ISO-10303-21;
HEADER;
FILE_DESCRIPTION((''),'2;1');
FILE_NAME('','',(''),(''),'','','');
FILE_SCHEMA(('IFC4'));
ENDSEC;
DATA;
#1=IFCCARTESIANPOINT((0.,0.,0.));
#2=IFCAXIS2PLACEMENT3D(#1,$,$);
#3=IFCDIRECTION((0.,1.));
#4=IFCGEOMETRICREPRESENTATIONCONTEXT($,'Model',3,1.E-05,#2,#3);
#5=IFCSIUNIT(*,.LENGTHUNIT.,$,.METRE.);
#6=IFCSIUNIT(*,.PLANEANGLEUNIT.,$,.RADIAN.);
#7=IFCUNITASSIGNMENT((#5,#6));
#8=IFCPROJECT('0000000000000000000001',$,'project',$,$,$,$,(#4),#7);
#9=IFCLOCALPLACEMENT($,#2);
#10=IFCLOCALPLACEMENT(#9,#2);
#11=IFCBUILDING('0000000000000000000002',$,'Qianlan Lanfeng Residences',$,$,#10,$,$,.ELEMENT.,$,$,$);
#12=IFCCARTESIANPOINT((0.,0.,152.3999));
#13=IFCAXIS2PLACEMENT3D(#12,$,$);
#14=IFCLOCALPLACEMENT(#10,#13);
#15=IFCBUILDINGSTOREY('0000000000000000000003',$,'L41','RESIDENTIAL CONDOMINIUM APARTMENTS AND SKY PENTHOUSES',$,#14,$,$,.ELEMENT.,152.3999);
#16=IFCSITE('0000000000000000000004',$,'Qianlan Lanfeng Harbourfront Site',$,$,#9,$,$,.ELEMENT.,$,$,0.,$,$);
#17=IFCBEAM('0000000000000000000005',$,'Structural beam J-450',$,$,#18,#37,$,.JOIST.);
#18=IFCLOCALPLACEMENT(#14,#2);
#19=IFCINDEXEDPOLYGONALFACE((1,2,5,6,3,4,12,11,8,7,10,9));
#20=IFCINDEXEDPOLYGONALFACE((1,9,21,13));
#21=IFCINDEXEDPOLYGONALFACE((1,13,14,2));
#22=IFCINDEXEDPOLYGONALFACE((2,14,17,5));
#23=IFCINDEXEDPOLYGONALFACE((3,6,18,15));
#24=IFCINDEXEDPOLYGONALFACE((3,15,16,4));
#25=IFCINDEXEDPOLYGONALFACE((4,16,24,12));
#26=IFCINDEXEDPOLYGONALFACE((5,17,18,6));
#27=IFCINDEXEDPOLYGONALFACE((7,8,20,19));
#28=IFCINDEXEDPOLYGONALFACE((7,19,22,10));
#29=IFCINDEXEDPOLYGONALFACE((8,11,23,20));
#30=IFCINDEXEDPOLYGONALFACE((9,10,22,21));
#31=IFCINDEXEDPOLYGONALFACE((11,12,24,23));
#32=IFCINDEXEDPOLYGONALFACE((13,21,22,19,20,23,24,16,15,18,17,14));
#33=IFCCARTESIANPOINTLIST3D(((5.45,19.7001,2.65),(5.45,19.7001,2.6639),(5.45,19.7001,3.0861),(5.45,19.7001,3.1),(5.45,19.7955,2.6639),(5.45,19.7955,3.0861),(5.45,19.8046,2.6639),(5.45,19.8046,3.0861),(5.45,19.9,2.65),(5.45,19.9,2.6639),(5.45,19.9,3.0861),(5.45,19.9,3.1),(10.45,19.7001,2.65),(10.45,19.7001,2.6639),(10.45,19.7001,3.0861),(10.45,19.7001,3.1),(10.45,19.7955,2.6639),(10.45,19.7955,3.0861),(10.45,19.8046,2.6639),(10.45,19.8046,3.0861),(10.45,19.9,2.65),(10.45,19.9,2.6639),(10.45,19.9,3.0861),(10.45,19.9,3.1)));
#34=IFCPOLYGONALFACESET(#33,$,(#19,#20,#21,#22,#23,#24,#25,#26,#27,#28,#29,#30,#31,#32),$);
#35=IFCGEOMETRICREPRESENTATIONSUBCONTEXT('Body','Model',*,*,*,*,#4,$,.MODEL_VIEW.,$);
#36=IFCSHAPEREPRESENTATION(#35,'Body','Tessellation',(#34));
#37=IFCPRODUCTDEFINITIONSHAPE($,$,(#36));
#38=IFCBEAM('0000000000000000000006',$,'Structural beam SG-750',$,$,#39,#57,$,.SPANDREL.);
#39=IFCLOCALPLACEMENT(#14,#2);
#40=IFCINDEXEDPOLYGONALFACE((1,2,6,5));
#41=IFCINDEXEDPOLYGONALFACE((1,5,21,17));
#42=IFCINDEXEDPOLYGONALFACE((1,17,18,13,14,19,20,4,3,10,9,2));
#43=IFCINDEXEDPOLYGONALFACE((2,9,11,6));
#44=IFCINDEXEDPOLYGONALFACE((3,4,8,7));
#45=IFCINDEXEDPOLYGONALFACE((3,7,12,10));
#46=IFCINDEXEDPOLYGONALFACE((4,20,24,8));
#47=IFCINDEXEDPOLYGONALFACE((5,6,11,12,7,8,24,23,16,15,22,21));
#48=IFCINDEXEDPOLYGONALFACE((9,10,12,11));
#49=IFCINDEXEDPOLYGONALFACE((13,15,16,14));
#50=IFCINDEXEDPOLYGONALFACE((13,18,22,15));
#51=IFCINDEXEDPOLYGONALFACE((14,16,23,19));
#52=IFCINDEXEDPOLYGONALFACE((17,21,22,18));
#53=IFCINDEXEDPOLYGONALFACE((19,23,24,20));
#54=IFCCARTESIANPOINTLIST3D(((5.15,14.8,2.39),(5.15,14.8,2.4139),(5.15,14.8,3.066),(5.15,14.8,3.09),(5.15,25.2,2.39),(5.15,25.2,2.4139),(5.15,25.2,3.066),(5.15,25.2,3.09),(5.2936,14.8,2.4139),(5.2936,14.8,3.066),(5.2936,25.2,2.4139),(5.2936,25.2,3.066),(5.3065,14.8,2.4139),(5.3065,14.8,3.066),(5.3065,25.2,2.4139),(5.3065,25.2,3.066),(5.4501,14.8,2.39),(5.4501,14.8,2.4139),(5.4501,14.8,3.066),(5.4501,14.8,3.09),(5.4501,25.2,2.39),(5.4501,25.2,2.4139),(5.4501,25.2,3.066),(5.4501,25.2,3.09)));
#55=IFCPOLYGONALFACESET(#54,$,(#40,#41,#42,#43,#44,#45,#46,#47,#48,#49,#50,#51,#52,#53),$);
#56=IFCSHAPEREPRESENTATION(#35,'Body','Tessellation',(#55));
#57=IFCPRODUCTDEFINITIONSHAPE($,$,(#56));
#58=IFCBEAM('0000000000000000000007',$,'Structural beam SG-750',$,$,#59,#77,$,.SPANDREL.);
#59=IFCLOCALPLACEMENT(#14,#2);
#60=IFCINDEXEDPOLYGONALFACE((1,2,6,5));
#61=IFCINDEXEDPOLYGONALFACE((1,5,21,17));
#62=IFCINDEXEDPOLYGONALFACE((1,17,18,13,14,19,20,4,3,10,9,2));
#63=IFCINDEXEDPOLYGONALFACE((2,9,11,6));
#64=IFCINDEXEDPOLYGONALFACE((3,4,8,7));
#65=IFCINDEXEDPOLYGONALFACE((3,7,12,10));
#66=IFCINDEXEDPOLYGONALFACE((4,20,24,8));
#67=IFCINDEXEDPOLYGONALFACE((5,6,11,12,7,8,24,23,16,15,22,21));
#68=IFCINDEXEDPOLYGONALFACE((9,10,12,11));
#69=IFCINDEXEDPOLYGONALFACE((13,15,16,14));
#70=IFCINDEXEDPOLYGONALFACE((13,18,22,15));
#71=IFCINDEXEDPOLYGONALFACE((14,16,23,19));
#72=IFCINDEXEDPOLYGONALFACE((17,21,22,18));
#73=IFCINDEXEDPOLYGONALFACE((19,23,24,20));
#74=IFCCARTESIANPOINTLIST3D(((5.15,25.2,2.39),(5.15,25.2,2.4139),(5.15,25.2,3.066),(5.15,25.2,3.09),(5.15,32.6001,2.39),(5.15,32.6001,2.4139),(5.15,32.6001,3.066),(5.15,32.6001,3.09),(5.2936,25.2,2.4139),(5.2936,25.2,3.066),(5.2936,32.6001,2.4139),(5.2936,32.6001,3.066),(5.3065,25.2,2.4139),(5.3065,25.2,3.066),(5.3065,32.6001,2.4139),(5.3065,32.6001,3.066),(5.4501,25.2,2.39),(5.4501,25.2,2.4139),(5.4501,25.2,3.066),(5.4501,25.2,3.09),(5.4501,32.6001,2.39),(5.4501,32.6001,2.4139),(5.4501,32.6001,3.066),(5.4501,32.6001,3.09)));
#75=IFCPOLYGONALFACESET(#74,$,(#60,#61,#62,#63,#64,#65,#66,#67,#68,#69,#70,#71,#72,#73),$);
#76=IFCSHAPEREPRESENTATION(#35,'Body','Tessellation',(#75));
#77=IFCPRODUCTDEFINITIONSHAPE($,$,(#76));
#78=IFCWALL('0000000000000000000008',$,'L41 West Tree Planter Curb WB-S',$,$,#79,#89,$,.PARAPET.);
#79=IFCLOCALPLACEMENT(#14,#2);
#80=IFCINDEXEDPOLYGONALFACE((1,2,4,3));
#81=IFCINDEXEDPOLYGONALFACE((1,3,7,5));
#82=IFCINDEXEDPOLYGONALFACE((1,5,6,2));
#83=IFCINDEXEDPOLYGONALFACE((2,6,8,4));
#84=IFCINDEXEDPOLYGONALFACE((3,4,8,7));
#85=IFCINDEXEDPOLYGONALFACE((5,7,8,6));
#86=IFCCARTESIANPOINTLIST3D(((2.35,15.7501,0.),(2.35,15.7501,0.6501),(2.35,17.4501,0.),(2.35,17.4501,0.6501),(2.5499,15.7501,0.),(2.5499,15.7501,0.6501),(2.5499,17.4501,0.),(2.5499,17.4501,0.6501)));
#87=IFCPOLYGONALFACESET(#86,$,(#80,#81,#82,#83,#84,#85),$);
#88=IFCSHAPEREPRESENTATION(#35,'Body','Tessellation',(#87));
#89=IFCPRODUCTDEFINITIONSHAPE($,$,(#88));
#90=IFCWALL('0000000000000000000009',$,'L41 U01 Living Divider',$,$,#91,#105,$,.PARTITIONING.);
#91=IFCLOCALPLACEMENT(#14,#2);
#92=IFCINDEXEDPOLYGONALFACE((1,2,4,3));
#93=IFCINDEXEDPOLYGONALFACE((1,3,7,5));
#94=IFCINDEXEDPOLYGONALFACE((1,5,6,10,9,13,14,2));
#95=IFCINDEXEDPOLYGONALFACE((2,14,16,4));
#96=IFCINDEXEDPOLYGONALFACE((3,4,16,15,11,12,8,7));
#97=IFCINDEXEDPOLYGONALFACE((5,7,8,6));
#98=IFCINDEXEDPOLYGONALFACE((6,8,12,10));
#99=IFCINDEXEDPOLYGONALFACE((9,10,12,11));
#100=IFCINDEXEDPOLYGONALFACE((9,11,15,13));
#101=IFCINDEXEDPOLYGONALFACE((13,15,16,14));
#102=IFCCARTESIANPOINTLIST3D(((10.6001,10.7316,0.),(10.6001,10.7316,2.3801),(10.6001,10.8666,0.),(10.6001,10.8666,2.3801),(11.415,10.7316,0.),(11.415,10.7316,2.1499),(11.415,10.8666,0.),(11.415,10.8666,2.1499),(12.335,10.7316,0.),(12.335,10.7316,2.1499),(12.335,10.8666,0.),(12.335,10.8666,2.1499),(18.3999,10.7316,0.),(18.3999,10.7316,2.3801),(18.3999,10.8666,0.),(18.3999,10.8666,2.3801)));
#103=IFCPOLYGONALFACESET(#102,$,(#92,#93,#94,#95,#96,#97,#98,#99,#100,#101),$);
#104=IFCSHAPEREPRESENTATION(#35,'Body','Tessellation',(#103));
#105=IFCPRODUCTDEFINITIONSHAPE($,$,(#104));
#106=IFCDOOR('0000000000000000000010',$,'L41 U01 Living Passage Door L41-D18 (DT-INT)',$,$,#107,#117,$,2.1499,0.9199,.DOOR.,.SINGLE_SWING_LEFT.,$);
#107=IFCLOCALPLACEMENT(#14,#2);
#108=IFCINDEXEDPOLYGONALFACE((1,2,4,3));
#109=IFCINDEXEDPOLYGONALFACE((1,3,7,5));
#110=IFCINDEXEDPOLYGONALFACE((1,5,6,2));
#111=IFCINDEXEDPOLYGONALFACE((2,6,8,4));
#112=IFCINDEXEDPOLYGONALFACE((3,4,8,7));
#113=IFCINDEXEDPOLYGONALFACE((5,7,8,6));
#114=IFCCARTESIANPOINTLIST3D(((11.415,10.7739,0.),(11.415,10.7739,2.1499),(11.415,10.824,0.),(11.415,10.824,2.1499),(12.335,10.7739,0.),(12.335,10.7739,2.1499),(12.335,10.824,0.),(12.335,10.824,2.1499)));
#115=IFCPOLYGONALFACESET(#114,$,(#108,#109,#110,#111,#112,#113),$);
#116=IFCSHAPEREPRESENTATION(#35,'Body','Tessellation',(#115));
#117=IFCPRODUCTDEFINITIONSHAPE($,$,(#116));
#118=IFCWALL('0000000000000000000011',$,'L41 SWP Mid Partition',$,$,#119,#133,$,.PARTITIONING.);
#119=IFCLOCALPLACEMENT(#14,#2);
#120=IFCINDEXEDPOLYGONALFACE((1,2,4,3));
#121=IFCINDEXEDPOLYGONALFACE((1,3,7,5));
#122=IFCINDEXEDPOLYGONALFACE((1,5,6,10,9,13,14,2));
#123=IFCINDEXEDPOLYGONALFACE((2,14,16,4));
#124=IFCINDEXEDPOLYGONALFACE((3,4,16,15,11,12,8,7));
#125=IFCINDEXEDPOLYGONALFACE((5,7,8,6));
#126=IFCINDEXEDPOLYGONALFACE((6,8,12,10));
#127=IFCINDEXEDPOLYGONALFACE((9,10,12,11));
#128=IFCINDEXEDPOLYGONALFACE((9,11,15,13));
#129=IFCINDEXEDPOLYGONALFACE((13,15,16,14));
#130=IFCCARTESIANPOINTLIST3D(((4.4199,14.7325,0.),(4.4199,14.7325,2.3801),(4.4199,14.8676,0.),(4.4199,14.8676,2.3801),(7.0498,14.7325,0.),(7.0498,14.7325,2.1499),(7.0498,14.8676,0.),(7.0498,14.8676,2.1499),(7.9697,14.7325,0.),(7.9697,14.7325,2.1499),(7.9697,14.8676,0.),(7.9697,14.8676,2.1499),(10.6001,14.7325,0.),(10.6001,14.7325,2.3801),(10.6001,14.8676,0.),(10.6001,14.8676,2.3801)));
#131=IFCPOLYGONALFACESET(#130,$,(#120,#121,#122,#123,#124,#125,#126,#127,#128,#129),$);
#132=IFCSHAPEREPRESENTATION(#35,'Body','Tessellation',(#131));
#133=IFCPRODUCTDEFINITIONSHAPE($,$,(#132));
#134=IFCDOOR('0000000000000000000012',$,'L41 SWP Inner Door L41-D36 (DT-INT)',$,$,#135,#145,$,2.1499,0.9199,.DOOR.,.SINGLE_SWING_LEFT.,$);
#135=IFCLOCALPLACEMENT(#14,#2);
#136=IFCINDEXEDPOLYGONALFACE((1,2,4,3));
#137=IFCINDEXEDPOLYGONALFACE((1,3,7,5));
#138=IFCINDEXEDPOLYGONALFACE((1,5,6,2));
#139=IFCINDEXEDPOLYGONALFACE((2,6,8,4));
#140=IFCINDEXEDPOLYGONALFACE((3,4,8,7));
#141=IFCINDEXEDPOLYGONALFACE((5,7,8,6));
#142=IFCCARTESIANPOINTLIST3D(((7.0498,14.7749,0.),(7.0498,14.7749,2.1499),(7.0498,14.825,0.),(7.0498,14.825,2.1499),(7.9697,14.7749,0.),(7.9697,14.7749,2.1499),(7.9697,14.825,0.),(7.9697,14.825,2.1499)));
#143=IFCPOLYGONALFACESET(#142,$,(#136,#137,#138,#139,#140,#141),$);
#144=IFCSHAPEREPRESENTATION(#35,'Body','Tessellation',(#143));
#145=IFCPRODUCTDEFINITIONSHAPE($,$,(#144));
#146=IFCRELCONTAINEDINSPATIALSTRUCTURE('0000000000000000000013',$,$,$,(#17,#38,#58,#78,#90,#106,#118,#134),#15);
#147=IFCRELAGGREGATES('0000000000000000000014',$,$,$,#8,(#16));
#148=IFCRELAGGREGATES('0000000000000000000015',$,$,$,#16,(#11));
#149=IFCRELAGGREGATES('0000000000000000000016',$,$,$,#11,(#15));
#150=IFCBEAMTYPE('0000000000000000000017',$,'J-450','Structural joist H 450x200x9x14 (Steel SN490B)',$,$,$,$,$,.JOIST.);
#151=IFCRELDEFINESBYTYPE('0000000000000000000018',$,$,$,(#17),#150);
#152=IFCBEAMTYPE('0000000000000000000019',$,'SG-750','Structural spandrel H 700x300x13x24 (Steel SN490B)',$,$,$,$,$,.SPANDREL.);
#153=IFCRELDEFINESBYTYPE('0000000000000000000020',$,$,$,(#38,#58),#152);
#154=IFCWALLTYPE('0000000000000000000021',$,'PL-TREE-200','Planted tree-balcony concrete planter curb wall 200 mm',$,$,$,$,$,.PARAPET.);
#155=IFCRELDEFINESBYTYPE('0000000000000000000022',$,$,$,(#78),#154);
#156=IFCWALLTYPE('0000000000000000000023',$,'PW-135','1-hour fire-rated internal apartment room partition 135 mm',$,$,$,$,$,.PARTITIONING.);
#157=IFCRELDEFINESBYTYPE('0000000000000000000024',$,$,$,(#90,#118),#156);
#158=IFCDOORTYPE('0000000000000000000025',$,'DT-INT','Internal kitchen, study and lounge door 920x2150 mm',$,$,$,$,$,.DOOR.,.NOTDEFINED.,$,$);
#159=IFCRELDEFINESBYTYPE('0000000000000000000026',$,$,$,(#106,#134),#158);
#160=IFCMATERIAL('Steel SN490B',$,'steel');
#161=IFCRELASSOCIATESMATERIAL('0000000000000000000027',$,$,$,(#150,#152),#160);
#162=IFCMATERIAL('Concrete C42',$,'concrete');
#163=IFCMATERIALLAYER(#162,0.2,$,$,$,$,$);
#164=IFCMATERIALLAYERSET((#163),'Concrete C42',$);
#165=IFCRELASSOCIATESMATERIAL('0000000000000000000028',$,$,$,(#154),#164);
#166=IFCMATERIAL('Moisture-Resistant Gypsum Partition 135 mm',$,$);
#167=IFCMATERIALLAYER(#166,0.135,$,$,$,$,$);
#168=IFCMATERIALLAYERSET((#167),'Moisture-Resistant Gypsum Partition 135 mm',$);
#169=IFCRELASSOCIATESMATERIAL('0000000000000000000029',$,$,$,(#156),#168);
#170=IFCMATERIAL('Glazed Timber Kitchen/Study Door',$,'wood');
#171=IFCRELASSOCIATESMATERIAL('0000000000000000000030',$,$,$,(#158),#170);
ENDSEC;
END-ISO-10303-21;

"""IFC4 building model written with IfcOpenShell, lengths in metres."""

from ifc_helpers import new_model, si_unit, direction, frame, frame_2d, origin, origin_2d, place, context, subcontext, project, spatial, rectangle, i_section, extrude, material, layer, layer_set, material_profile, profile_set, type_object, element, fill, save


model = new_model("IFC4")

# Units and contexts
model_context = context("Model", 3, precision=1e-05, world=origin(), true_north=direction((0.0, 1.0)))
body_context = subcontext(model_context, "Body", "Model", "MODEL_VIEW")
ifc_project = project(units=[si_unit("LENGTHUNIT", "METRE"), si_unit("PLANEANGLEUNIT", "RADIAN")], contexts=[model_context])

# Site, building, storey
site_placement = place(None, origin())
site = spatial("IfcSite", under=ifc_project, at=site_placement, Name="Qianlan Lanfeng Harbourfront Site", CompositionType="ELEMENT", RefElevation=0.0)
building_placement = place(site_placement, origin())
building = spatial("IfcBuilding", under=site, at=building_placement, Name="Qianlan Lanfeng Residences", CompositionType="ELEMENT")
storey_placement = place(building_placement, frame((0.0, 0.0, 152.3999)))
storey = spatial("IfcBuildingStorey", under=building, at=storey_placement, Name="L41", Description="RESIDENTIAL CONDOMINIUM APARTMENTS AND SKY PENTHOUSES", CompositionType="ELEMENT", Elevation=152.3999)

# Shared definitions
ifc_material_1 = material(Name="Steel SN490B", Category="steel")

# Beams
ifc_material_profile_1 = material_profile(ifc_material_1, i_section(OverallWidth=0.2, OverallDepth=0.45, WebThickness=0.009, FlangeThickness=0.0139, at=origin_2d()), Name="H 450x200x9x14")
ifc_profile_set_1 = profile_set([ifc_material_profile_1], Name="Steel SN490B")
beam_type_1 = type_object("IfcBeamType", Name="J-450", Description="Structural joist H 450x200x9x14 (Steel SN490B)", PredefinedType="JOIST", material=ifc_profile_set_1)
beam_1_placement = place(storey_placement, frame((5.45, 19.8, 2.875), z_axis=(1.0, 0.0, 0.0), x_axis=(0.0, 1.0, 0.0)))
element("IfcBeam", 1, at=beam_1_placement, inside=storey, type_object=beam_type_1, Name="Structural beam J-450", PredefinedType="JOIST", context=body_context, shape_type="SweptSolid", body=[
    extrude(i_section(OverallWidth=0.2, OverallDepth=0.45, WebThickness=0.009, FlangeThickness=0.0139, at=origin_2d()), origin(), (0.0, 0.0, 1.0), 5.0),
])
ifc_material_profile_2 = material_profile(ifc_material_1, i_section(OverallWidth=0.3, OverallDepth=0.7, WebThickness=0.0129, FlangeThickness=0.0239, at=origin_2d()), Name="H 700x300x13x24")
ifc_profile_set_2 = profile_set([ifc_material_profile_2], Name="Steel SN490B")
beam_type_2 = type_object("IfcBeamType", Name="SG-750", Description="Structural spandrel H 700x300x13x24 (Steel SN490B)", PredefinedType="SPANDREL", material=ifc_profile_set_2)
beam_2_placement = place(storey_placement, frame((5.3, 14.8, 2.74), z_axis=(0.0, 1.0, 0.0), x_axis=(-1.0, 0.0, 0.0)))
element("IfcBeam", 2, at=beam_2_placement, inside=storey, type_object=beam_type_2, Name="Structural beam SG-750", PredefinedType="SPANDREL", context=body_context, shape_type="SweptSolid", body=[
    extrude(i_section(OverallWidth=0.3, OverallDepth=0.7, WebThickness=0.0129, FlangeThickness=0.0239, at=origin_2d()), origin(), (0.0, 0.0, 1.0), 10.3999),
])
beam_3_placement = place(storey_placement, frame((5.3, 25.2, 2.74), z_axis=(0.0, 1.0, 0.0), x_axis=(-1.0, 0.0, 0.0)))
element("IfcBeam", 3, at=beam_3_placement, inside=storey, type_object=beam_type_2, Name="Structural beam SG-750", PredefinedType="SPANDREL", context=body_context, shape_type="SweptSolid", body=[
    extrude(i_section(OverallWidth=0.3, OverallDepth=0.7, WebThickness=0.0129, FlangeThickness=0.0239, at=origin_2d()), origin(), (0.0, 0.0, 1.0), 7.4001),
])

# Wall
ifc_material_2 = material(Name="Concrete C42", Category="concrete")
ifc_layer_1 = layer(ifc_material_2, 0.2)
ifc_layer_set_1 = layer_set([ifc_layer_1], Name="Concrete C42")
wall_type_1 = type_object("IfcWallType", Name="PL-TREE-200", Description="Planted tree-balcony concrete planter curb wall 200 mm", PredefinedType="PARAPET", material=ifc_layer_set_1)
wall_1_placement = place(storey_placement, frame((2.45, 15.75, 0.0), z_axis=(0.0, 0.0, 1.0), x_axis=(0.0, 1.0, 0.0)))
element("IfcWall", 4, at=wall_1_placement, inside=storey, type_object=wall_type_1, Name="L41 West Tree Planter Curb WB-S", PredefinedType="PARAPET", context=body_context, shape_type="SweptSolid", body=[
    extrude(rectangle(XDim=1.7, YDim=0.2, at=frame_2d((0.8501, 0.0))), origin(), (0.0, 0.0, 1.0), 0.6501),
])

# Walls, openings, doors
ifc_material_3 = material(Name="Moisture-Resistant Gypsum Partition 135 mm")
ifc_layer_2 = layer(ifc_material_3, 0.135)
ifc_layer_set_2 = layer_set([ifc_layer_2], Name="Moisture-Resistant Gypsum Partition 135 mm")
wall_type_2 = type_object("IfcWallType", Name="PW-135", Description="1-hour fire-rated internal apartment room partition 135 mm", PredefinedType="PARTITIONING", material=ifc_layer_set_2)
wall_2_placement = place(storey_placement, frame((10.6001, 10.7991, 0.0), z_axis=(0.0, 0.0, 1.0), x_axis=(1.0, 0.0, 0.0)))
wall_2 = element("IfcWall", 5, at=wall_2_placement, inside=storey, type_object=wall_type_2, Name="L41 U01 Living Divider", PredefinedType="PARTITIONING", context=body_context, shape_type="SweptSolid", body=[
    extrude(rectangle(XDim=7.7998, YDim=0.135, at=frame_2d((3.8999, 0.0))), origin(), (0.0, 0.0, 1.0), 2.3801),
])
opening_1_placement = place(wall_2_placement, frame((0.8149, 0.0, 0.0)))
opening_1 = element("IfcOpeningElement", 6, at=opening_1_placement, cuts=wall_2, PredefinedType="OPENING", context=body_context, shape_type="SweptSolid", body=[
    extrude(rectangle(XDim=0.9199, YDim=2.1499, at=frame_2d((0.46, 1.075))), frame((0.0, 0.0776, 0.0), z_axis=(0.0, -1.0, 0.0), x_axis=(1.0, 0.0, 0.0)), (0.0, 0.0, 1.0), 0.155),
])
ifc_material_4 = material(Name="Glazed Timber Kitchen/Study Door", Category="wood")
door_type_1 = type_object("IfcDoorType", Name="DT-INT", Description="Internal kitchen, study and lounge door 920x2150 mm", OperationType="NOTDEFINED", PredefinedType="DOOR", material=ifc_material_4)
door_1_placement = place(opening_1_placement, origin())
door_1 = element("IfcDoor", 7, at=door_1_placement, inside=storey, type_object=door_type_1, Name="L41 U01 Living Passage Door L41-D18 (DT-INT)", OperationType="SINGLE_SWING_LEFT", OverallHeight=2.1499, OverallWidth=0.9199, PredefinedType="DOOR", context=body_context, shape_type="SweptSolid", body=[
    extrude(rectangle(XDim=0.9199, YDim=2.1499, at=frame_2d((0.46, 1.075))), frame((0.0, 0.0249, 0.0), z_axis=(0.0, -1.0, 0.0), x_axis=(1.0, 0.0, 0.0)), (0.0, 0.0, 1.0), 0.05),
])
fill(opening_1, door_1)
wall_3_placement = place(storey_placement, frame((4.4199, 14.8, 0.0), z_axis=(0.0, 0.0, 1.0), x_axis=(1.0, 0.0, 0.0)))
wall_3 = element("IfcWall", 8, at=wall_3_placement, inside=storey, type_object=wall_type_2, Name="L41 SWP Mid Partition", PredefinedType="PARTITIONING", context=body_context, shape_type="SweptSolid", body=[
    extrude(rectangle(XDim=6.1802, YDim=0.135, at=frame_2d((3.0901, 0.0))), origin(), (0.0, 0.0, 1.0), 2.3801),
])
opening_2_placement = place(wall_3_placement, frame((2.6299, 0.0, 0.0)))
opening_2 = element("IfcOpeningElement", 9, at=opening_2_placement, cuts=wall_3, PredefinedType="OPENING", context=body_context, shape_type="SweptSolid", body=[
    extrude(rectangle(XDim=0.9199, YDim=2.1499, at=frame_2d((0.46, 1.075))), frame((0.0, 0.0776, 0.0), z_axis=(0.0, -1.0, 0.0), x_axis=(1.0, 0.0, 0.0)), (0.0, 0.0, 1.0), 0.155),
])
door_2_placement = place(opening_2_placement, origin())
door_2 = element("IfcDoor", 10, at=door_2_placement, inside=storey, type_object=door_type_1, Name="L41 SWP Inner Door L41-D36 (DT-INT)", OperationType="SINGLE_SWING_LEFT", OverallHeight=2.1499, OverallWidth=0.9199, PredefinedType="DOOR", context=body_context, shape_type="SweptSolid", body=[
    extrude(rectangle(XDim=0.9199, YDim=2.1499, at=frame_2d((0.46, 1.075))), frame((0.0, 0.0249, 0.0), z_axis=(0.0, -1.0, 0.0), x_axis=(1.0, 0.0, 0.0)), (0.0, 0.0, 1.0), 0.05),
])
fill(opening_2, door_2)

save(model, "model.ifc")
